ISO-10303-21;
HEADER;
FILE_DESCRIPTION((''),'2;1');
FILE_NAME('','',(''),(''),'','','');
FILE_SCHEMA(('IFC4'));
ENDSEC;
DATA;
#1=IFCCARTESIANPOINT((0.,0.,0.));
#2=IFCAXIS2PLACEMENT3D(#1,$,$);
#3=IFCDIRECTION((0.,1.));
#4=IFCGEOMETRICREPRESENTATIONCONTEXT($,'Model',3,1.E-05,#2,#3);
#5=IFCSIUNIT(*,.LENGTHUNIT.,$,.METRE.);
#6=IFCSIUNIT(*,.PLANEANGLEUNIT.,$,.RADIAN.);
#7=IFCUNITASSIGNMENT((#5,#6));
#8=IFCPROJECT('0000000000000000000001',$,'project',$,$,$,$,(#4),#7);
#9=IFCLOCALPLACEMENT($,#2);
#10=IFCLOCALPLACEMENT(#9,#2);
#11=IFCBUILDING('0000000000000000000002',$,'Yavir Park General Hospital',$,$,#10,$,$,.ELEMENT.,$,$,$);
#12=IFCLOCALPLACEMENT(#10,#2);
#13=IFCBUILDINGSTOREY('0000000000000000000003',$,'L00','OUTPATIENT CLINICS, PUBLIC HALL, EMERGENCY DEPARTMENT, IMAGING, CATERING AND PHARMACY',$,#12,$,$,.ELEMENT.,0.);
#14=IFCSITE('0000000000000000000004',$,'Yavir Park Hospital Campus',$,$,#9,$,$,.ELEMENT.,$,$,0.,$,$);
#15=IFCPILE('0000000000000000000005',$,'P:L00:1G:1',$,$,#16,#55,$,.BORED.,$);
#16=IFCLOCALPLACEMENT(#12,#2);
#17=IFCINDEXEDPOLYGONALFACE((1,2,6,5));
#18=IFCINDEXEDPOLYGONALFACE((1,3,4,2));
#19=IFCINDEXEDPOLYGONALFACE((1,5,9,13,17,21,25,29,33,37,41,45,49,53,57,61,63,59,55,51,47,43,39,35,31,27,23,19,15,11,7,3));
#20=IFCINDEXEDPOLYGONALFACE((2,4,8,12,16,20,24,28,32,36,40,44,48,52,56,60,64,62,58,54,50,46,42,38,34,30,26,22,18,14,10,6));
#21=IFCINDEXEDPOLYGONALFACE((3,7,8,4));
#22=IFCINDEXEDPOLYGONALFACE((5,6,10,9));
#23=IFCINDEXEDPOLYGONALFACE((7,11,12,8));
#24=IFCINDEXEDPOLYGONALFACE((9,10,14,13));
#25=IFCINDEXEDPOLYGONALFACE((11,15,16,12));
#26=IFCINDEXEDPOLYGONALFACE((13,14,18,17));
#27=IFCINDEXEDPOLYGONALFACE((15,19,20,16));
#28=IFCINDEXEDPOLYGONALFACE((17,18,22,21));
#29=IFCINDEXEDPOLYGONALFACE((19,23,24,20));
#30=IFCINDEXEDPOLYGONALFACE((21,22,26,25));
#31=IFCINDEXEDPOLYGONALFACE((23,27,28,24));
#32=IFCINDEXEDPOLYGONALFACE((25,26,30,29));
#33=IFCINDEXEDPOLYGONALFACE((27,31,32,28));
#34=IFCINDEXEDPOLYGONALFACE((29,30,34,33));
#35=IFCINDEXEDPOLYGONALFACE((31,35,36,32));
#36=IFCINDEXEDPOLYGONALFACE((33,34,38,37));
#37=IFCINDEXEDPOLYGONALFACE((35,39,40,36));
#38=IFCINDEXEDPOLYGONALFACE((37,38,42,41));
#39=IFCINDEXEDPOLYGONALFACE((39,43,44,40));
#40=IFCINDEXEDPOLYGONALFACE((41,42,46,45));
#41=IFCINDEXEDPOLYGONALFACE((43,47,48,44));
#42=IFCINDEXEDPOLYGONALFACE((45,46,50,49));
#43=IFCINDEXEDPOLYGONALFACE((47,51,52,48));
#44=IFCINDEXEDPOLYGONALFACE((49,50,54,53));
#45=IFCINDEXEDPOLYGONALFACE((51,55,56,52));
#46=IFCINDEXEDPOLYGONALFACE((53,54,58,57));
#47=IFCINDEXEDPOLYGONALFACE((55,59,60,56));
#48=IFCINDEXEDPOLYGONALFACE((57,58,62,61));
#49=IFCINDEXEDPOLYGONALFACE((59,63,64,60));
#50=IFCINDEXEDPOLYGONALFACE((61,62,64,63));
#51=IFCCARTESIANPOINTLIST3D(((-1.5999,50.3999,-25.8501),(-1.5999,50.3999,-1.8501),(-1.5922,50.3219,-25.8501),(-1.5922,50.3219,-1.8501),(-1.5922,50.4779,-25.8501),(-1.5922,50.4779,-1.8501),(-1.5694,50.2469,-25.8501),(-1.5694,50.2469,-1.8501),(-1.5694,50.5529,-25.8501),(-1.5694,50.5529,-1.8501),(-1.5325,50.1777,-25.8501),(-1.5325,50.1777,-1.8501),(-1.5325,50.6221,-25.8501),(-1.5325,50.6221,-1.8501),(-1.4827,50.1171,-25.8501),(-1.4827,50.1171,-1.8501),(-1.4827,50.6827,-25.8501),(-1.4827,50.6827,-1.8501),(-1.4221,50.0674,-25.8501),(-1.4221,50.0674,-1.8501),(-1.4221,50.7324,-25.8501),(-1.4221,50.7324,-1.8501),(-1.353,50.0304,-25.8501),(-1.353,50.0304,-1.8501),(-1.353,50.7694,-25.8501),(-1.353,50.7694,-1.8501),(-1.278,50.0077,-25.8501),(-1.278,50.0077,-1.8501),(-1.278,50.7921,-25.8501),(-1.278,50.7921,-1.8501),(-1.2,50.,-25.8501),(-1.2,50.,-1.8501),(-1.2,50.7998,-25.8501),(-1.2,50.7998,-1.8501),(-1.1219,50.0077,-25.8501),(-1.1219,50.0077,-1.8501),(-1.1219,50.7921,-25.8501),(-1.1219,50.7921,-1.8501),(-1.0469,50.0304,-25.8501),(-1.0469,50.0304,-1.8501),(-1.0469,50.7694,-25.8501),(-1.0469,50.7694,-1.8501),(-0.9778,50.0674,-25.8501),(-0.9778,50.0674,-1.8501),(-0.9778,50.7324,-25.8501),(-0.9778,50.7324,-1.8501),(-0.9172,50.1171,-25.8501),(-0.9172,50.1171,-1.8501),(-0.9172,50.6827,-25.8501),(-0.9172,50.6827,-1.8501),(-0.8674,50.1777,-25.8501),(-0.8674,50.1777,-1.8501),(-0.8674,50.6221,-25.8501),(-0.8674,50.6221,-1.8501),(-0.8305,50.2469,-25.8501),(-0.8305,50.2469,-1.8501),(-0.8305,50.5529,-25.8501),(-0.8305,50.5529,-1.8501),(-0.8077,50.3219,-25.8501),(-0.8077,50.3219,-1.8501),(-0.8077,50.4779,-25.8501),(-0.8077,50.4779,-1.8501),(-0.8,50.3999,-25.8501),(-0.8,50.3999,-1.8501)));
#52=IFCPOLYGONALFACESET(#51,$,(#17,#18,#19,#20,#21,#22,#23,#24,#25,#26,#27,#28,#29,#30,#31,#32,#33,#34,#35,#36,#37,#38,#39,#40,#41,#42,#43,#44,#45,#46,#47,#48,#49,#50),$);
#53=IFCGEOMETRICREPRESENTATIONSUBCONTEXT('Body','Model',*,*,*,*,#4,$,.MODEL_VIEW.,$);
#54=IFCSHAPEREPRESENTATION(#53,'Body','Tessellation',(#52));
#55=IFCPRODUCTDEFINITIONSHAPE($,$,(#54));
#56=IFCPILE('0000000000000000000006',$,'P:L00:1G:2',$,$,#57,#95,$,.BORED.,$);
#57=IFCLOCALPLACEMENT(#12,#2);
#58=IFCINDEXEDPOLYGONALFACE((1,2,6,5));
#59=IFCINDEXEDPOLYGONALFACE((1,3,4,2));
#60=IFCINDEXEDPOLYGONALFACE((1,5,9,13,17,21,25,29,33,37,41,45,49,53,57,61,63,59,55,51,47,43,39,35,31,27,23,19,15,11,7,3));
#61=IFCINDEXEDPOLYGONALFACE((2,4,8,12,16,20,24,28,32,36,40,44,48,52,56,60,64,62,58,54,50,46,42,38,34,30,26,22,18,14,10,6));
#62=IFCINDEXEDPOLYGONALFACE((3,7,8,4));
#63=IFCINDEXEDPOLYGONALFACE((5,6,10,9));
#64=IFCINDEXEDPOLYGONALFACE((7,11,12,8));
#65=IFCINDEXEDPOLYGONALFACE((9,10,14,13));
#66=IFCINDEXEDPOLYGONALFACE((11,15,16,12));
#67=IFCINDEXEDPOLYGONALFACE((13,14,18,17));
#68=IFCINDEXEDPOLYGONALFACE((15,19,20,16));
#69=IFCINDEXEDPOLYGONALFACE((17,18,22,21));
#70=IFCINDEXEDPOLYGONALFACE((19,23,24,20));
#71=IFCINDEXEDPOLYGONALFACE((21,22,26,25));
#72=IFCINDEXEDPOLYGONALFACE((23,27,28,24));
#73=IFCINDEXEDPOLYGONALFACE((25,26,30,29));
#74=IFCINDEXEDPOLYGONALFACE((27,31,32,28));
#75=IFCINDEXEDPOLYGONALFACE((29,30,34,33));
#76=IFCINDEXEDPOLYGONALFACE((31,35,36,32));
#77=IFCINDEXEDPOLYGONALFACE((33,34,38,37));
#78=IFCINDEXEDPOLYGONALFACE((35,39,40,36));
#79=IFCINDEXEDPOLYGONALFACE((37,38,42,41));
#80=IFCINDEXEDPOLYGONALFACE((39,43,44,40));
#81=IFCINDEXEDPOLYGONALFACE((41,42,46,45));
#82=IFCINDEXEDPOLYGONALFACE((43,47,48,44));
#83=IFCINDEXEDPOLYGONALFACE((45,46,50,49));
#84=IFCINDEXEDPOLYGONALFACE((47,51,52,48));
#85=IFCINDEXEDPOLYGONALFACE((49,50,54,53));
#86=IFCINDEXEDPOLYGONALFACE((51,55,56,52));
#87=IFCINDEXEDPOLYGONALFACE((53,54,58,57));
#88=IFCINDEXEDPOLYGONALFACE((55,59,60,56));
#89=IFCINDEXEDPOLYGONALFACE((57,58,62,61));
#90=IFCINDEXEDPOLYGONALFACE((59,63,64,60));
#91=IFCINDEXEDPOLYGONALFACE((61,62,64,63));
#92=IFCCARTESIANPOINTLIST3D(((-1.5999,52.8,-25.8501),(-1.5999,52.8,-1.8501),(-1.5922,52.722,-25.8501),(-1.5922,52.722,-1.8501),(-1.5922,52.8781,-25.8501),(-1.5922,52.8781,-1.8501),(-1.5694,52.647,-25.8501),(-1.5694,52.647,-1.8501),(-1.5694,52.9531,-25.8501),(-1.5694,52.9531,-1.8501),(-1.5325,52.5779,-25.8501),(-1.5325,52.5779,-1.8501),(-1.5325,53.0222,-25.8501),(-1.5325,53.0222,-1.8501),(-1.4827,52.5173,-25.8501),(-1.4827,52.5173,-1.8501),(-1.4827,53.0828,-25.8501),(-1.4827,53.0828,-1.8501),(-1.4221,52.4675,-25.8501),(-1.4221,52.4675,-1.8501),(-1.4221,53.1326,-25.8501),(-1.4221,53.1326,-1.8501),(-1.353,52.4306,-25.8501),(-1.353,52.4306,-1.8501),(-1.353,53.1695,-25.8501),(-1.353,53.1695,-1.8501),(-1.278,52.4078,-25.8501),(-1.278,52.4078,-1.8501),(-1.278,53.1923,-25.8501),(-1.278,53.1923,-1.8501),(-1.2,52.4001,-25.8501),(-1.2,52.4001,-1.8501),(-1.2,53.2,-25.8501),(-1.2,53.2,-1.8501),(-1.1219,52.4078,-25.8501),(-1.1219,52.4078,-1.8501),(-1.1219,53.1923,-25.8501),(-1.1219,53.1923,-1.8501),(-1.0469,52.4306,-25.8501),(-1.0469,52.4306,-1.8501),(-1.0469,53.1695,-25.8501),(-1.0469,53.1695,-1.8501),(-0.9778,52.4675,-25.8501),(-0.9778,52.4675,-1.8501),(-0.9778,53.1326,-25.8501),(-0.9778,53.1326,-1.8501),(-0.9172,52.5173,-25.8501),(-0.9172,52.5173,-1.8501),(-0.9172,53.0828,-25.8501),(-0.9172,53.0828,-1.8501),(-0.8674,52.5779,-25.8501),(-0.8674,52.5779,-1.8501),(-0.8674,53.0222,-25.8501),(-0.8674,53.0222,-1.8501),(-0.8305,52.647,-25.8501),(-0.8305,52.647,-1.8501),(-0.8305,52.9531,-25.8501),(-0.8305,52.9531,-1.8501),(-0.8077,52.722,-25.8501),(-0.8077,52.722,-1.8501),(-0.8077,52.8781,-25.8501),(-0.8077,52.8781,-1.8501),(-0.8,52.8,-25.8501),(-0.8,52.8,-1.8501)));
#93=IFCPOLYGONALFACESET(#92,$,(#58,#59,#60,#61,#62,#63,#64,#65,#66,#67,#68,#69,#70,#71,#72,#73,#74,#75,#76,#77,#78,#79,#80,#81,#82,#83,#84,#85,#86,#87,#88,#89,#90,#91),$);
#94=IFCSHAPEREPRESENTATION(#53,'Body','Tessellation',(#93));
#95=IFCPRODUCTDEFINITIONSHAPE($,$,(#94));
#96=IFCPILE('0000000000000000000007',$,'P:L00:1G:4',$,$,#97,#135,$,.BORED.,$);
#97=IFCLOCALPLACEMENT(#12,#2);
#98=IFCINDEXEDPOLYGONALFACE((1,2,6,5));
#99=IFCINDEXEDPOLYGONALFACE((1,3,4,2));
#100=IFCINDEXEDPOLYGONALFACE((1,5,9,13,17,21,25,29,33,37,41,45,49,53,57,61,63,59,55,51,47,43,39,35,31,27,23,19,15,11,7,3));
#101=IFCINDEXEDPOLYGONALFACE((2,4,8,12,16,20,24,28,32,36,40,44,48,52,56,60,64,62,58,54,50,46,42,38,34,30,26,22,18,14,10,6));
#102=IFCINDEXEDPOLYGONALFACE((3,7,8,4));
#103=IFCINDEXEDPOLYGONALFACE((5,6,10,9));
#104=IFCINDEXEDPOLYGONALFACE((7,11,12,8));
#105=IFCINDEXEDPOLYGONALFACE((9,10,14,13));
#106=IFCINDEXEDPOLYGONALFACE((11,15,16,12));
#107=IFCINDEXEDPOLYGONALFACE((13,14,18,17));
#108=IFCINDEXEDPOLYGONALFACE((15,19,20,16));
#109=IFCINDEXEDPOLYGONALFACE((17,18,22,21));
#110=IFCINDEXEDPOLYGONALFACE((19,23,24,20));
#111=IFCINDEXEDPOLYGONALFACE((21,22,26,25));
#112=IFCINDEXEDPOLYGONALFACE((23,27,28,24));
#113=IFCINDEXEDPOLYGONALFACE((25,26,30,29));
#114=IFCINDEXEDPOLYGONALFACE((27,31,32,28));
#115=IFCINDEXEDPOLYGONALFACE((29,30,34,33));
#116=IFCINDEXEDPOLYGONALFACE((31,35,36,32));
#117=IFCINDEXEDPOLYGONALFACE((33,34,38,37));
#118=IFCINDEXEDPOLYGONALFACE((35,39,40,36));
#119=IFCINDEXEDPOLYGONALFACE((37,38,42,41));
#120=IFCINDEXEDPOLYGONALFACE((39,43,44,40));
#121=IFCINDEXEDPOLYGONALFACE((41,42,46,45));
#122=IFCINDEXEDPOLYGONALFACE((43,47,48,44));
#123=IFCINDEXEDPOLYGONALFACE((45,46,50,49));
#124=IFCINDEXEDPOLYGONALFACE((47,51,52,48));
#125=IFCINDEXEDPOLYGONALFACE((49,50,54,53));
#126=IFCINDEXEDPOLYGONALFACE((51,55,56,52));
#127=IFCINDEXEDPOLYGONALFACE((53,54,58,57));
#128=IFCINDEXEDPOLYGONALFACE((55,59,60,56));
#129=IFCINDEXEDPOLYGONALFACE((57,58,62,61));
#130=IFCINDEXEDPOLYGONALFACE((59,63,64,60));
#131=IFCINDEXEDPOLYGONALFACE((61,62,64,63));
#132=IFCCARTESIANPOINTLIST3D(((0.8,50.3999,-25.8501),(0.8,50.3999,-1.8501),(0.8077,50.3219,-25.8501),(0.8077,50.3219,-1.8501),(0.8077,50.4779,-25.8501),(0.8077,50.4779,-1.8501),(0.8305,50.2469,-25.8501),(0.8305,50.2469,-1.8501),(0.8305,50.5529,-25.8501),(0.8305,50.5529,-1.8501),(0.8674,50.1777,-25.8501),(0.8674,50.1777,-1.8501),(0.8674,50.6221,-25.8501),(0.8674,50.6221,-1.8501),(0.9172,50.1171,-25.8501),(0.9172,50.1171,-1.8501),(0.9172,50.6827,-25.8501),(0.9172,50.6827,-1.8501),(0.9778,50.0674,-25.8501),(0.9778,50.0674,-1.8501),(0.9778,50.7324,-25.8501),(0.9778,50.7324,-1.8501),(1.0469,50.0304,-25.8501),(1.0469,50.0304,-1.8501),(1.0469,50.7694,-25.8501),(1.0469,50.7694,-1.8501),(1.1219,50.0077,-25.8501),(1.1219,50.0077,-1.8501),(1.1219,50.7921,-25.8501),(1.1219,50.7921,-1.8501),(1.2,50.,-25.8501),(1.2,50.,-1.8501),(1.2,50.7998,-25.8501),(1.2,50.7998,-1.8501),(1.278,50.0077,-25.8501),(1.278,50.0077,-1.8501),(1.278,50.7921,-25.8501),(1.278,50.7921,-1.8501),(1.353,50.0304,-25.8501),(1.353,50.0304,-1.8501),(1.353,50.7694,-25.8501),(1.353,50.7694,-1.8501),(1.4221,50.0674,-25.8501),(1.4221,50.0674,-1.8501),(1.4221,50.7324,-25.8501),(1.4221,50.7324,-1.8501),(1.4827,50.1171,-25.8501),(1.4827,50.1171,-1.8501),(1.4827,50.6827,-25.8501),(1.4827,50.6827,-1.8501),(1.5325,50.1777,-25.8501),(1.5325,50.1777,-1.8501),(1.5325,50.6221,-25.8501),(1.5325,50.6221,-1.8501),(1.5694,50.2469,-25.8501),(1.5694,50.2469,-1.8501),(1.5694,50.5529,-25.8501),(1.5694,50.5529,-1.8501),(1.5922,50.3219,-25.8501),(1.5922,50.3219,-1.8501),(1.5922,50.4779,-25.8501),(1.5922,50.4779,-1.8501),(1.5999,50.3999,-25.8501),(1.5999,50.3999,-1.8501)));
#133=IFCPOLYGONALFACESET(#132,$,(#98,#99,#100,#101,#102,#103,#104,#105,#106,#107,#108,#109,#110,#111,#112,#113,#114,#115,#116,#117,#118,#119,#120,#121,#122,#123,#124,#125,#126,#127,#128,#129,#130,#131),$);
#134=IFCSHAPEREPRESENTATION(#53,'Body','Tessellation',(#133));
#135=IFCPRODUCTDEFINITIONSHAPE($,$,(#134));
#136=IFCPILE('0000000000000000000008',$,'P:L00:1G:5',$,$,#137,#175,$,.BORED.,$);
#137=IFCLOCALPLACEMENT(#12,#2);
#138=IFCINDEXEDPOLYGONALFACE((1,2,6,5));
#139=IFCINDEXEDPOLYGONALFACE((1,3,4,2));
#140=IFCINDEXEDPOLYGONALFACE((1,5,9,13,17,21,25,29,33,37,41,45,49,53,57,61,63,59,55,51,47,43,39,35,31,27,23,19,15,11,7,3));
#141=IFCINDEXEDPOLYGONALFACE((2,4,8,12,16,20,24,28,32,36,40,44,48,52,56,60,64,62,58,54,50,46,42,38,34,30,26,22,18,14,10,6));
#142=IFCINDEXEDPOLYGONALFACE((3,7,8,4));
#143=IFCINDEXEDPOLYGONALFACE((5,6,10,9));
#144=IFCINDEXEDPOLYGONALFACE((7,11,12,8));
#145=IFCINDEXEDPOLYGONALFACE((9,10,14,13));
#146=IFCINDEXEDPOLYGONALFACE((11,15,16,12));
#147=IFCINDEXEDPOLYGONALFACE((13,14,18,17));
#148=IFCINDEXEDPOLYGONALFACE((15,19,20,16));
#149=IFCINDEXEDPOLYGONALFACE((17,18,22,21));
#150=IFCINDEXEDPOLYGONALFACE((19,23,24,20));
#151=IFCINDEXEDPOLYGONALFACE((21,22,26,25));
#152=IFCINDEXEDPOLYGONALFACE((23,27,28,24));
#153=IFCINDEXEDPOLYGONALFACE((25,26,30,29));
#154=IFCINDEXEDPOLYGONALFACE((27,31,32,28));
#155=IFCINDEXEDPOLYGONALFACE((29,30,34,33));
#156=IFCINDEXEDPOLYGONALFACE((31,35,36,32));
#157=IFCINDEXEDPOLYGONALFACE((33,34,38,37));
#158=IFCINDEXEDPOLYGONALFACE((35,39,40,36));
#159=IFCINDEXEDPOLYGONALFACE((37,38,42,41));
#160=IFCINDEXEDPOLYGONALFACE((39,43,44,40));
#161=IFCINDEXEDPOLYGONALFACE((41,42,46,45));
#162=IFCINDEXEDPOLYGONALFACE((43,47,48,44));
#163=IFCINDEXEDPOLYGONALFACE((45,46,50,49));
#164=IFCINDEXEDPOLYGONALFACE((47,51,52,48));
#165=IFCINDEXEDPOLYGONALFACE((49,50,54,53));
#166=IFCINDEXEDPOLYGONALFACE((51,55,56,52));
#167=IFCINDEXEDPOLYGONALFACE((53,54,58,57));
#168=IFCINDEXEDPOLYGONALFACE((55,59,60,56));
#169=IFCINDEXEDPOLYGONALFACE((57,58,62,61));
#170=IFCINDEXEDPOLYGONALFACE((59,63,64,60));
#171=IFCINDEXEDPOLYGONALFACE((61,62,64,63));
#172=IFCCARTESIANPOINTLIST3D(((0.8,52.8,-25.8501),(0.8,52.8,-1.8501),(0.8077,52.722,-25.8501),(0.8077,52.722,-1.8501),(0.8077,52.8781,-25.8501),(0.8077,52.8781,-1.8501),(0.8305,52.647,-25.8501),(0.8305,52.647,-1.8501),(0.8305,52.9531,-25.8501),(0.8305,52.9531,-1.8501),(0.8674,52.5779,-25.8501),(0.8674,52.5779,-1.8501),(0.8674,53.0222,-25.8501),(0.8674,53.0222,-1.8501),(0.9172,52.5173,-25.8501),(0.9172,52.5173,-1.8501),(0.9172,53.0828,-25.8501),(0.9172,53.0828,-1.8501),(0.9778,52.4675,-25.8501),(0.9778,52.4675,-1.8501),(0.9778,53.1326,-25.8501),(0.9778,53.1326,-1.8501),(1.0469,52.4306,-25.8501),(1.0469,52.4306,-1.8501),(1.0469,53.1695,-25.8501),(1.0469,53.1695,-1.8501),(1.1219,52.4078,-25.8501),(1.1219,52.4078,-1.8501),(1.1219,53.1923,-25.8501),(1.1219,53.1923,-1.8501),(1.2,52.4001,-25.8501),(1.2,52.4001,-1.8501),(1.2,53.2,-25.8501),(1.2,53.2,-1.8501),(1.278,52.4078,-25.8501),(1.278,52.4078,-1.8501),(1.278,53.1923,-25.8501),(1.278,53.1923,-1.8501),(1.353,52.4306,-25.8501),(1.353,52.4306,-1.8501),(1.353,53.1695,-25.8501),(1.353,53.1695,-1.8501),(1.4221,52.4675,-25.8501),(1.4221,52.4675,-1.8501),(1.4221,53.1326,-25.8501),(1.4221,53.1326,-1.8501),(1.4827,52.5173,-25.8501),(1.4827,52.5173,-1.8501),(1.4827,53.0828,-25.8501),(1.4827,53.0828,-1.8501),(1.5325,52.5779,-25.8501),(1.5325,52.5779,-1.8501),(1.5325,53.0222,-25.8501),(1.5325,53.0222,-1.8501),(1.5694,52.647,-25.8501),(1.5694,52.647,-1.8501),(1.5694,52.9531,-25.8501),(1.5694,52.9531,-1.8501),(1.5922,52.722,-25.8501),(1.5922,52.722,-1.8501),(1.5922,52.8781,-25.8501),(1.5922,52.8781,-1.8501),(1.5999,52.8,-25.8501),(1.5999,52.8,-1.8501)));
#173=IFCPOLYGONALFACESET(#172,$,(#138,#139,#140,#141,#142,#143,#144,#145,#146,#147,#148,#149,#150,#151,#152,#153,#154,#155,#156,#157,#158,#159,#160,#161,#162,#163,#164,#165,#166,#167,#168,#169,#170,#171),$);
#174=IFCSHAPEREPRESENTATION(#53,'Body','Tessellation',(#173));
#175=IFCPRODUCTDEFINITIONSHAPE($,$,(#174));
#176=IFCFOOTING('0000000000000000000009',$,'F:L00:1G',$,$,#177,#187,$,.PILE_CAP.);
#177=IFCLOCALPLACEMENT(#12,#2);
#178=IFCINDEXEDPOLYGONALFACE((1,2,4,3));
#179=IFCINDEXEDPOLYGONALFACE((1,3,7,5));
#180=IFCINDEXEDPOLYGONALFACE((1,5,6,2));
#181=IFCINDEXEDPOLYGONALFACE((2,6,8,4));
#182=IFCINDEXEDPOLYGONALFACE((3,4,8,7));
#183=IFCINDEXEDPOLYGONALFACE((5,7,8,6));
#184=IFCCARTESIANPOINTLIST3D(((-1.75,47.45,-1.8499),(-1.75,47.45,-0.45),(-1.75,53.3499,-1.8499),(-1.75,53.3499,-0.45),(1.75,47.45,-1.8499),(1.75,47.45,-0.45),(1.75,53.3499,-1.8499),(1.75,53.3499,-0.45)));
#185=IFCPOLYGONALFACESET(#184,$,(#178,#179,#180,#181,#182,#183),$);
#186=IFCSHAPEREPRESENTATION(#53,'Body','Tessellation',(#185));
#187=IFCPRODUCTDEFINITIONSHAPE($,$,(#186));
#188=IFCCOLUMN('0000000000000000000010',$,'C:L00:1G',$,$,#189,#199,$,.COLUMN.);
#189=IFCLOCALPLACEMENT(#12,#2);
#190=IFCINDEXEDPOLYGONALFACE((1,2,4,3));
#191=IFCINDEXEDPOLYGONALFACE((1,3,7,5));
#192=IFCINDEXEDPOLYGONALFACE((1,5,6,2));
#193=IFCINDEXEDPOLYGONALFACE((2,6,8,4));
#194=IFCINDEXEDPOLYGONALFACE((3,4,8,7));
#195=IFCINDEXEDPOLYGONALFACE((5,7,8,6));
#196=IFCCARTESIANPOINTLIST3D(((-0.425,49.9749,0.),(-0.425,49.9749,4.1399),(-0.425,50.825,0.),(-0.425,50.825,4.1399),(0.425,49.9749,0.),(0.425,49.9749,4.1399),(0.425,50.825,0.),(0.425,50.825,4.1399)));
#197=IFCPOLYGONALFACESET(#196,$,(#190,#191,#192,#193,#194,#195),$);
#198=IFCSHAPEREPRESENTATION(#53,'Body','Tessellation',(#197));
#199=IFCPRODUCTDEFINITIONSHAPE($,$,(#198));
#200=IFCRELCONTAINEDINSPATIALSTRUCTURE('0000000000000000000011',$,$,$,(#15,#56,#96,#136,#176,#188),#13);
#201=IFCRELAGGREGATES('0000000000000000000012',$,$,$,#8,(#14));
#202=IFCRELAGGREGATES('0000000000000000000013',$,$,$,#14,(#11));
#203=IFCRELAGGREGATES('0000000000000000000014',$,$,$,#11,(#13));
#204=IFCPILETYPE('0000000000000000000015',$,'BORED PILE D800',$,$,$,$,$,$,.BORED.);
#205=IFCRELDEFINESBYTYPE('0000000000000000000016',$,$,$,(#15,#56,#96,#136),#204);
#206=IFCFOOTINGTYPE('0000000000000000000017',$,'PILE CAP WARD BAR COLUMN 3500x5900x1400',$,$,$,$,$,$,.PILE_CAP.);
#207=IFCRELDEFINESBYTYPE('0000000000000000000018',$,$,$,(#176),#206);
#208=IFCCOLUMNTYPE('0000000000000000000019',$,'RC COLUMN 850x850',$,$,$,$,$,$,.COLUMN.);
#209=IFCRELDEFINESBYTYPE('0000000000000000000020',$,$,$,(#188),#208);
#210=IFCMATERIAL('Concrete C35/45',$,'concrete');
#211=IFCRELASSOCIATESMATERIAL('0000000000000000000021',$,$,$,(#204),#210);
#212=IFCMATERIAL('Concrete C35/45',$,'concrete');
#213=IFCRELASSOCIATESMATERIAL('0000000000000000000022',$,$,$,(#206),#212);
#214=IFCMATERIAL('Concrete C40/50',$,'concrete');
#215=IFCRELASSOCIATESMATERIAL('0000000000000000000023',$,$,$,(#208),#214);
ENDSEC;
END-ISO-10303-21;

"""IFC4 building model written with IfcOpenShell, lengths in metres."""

from ifc_helpers import new_model, si_unit, direction, frame, origin, origin_2d, place, context, subcontext, project, spatial, rectangle, circle, extrude, material, material_profile, profile_set, type_object, element, save


model = new_model("IFC4")

# Units and contexts
model_context = context("Model", 3, precision=1e-05, world=origin(), true_north=direction((0.0, 1.0)))
body_context = subcontext(model_context, "Body", "Model", "MODEL_VIEW")
ifc_project = project(units=[si_unit("LENGTHUNIT", "METRE"), si_unit("PLANEANGLEUNIT", "RADIAN")], contexts=[model_context])

# Site, building, storey
site_placement = place(None, origin())
site = spatial("IfcSite", under=ifc_project, at=site_placement, Name="Yavir Park Hospital Campus", CompositionType="ELEMENT", RefElevation=0.0)
building_placement = place(site_placement, origin())
building = spatial("IfcBuilding", under=site, at=building_placement, Name="Yavir Park General Hospital", CompositionType="ELEMENT")
storey_placement = place(building_placement, origin())
storey = spatial("IfcBuildingStorey", under=building, at=storey_placement, Name="L00", Description="OUTPATIENT CLINICS, PUBLIC HALL, EMERGENCY DEPARTMENT, IMAGING, CATERING AND PHARMACY", CompositionType="ELEMENT", Elevation=0.0)

# Piles
ifc_material_1 = material(Name="Concrete C35/45", Category="concrete")
ifc_material_profile_1 = material_profile(ifc_material_1, circle(Radius=0.3999, at=origin_2d()), Name="D800")
ifc_profile_set_1 = profile_set([ifc_material_profile_1], Name="Concrete C35/45")
pile_type = type_object("IfcPileType", Name="BORED PILE D800", PredefinedType="BORED", material=ifc_profile_set_1)
for number, where, z_axis, x_axis, name in (
    (1, (-1.2, 50.3999, -1.8501), (0.0, 0.0, -1.0), (1.0, 0.0, 0.0), "P:L00:1G:1"),
    (2, (-1.2, 52.8, -1.8501), (0.0, 0.0, -1.0), (1.0, 0.0, 0.0), "P:L00:1G:2"),
    (3, (1.2, 50.3999, -1.8501), (0.0, 0.0, -1.0), (1.0, 0.0, 0.0), "P:L00:1G:4"),
    (4, (1.2, 52.8, -1.8501), (0.0, 0.0, -1.0), (1.0, 0.0, 0.0), "P:L00:1G:5"),
):
    element("IfcPile", number, at=place(storey_placement, frame(where, z_axis=z_axis, x_axis=x_axis)), inside=storey, type_object=pile_type, Name=name, PredefinedType="BORED", context=body_context, shape_type="SweptSolid", body=[
        extrude(circle(Radius=0.3999, at=origin_2d()), origin(), (0.0, 0.0, 1.0), 24.0),
    ])

# Footing
ifc_material_2 = material(Name="Concrete C35/45", Category="concrete")
footing_type = type_object("IfcFootingType", Name="PILE CAP WARD BAR COLUMN 3500x5900x1400", PredefinedType="PILE_CAP", material=ifc_material_2)
footing_placement = place(storey_placement, frame((0.0, 50.3999, -1.8499), z_axis=(0.0, 0.0, 1.0), x_axis=(1.0, 0.0, 0.0)))
element("IfcFooting", 5, at=footing_placement, inside=storey, type_object=footing_type, Name="F:L00:1G", PredefinedType="PILE_CAP", context=body_context, shape_type="SweptSolid", body=[
    extrude(rectangle(XDim=3.5, YDim=5.8999, at=origin_2d()), origin(), (0.0, 0.0, 1.0), 1.3999),
])

# Column
ifc_material_3 = material(Name="Concrete C40/50", Category="concrete")
ifc_material_profile_2 = material_profile(ifc_material_3, rectangle(XDim=0.8501, YDim=0.8501, at=origin_2d()), Name="RC850x850")
ifc_profile_set_2 = profile_set([ifc_material_profile_2], Name="Concrete C40/50")
column_type = type_object("IfcColumnType", Name="RC COLUMN 850x850", PredefinedType="COLUMN", material=ifc_profile_set_2)
column_placement = place(storey_placement, frame((0.0, 50.3999, 0.0), z_axis=(0.0, 0.0, 1.0), x_axis=(1.0, 0.0, 0.0)))
element("IfcColumn", 6, at=column_placement, inside=storey, type_object=column_type, Name="C:L00:1G", PredefinedType="COLUMN", context=body_context, shape_type="SweptSolid", body=[
    extrude(rectangle(XDim=0.8501, YDim=0.8501, at=origin_2d()), origin(), (0.0, 0.0, 1.0), 4.1399),
])

save(model, "model.ifc")
